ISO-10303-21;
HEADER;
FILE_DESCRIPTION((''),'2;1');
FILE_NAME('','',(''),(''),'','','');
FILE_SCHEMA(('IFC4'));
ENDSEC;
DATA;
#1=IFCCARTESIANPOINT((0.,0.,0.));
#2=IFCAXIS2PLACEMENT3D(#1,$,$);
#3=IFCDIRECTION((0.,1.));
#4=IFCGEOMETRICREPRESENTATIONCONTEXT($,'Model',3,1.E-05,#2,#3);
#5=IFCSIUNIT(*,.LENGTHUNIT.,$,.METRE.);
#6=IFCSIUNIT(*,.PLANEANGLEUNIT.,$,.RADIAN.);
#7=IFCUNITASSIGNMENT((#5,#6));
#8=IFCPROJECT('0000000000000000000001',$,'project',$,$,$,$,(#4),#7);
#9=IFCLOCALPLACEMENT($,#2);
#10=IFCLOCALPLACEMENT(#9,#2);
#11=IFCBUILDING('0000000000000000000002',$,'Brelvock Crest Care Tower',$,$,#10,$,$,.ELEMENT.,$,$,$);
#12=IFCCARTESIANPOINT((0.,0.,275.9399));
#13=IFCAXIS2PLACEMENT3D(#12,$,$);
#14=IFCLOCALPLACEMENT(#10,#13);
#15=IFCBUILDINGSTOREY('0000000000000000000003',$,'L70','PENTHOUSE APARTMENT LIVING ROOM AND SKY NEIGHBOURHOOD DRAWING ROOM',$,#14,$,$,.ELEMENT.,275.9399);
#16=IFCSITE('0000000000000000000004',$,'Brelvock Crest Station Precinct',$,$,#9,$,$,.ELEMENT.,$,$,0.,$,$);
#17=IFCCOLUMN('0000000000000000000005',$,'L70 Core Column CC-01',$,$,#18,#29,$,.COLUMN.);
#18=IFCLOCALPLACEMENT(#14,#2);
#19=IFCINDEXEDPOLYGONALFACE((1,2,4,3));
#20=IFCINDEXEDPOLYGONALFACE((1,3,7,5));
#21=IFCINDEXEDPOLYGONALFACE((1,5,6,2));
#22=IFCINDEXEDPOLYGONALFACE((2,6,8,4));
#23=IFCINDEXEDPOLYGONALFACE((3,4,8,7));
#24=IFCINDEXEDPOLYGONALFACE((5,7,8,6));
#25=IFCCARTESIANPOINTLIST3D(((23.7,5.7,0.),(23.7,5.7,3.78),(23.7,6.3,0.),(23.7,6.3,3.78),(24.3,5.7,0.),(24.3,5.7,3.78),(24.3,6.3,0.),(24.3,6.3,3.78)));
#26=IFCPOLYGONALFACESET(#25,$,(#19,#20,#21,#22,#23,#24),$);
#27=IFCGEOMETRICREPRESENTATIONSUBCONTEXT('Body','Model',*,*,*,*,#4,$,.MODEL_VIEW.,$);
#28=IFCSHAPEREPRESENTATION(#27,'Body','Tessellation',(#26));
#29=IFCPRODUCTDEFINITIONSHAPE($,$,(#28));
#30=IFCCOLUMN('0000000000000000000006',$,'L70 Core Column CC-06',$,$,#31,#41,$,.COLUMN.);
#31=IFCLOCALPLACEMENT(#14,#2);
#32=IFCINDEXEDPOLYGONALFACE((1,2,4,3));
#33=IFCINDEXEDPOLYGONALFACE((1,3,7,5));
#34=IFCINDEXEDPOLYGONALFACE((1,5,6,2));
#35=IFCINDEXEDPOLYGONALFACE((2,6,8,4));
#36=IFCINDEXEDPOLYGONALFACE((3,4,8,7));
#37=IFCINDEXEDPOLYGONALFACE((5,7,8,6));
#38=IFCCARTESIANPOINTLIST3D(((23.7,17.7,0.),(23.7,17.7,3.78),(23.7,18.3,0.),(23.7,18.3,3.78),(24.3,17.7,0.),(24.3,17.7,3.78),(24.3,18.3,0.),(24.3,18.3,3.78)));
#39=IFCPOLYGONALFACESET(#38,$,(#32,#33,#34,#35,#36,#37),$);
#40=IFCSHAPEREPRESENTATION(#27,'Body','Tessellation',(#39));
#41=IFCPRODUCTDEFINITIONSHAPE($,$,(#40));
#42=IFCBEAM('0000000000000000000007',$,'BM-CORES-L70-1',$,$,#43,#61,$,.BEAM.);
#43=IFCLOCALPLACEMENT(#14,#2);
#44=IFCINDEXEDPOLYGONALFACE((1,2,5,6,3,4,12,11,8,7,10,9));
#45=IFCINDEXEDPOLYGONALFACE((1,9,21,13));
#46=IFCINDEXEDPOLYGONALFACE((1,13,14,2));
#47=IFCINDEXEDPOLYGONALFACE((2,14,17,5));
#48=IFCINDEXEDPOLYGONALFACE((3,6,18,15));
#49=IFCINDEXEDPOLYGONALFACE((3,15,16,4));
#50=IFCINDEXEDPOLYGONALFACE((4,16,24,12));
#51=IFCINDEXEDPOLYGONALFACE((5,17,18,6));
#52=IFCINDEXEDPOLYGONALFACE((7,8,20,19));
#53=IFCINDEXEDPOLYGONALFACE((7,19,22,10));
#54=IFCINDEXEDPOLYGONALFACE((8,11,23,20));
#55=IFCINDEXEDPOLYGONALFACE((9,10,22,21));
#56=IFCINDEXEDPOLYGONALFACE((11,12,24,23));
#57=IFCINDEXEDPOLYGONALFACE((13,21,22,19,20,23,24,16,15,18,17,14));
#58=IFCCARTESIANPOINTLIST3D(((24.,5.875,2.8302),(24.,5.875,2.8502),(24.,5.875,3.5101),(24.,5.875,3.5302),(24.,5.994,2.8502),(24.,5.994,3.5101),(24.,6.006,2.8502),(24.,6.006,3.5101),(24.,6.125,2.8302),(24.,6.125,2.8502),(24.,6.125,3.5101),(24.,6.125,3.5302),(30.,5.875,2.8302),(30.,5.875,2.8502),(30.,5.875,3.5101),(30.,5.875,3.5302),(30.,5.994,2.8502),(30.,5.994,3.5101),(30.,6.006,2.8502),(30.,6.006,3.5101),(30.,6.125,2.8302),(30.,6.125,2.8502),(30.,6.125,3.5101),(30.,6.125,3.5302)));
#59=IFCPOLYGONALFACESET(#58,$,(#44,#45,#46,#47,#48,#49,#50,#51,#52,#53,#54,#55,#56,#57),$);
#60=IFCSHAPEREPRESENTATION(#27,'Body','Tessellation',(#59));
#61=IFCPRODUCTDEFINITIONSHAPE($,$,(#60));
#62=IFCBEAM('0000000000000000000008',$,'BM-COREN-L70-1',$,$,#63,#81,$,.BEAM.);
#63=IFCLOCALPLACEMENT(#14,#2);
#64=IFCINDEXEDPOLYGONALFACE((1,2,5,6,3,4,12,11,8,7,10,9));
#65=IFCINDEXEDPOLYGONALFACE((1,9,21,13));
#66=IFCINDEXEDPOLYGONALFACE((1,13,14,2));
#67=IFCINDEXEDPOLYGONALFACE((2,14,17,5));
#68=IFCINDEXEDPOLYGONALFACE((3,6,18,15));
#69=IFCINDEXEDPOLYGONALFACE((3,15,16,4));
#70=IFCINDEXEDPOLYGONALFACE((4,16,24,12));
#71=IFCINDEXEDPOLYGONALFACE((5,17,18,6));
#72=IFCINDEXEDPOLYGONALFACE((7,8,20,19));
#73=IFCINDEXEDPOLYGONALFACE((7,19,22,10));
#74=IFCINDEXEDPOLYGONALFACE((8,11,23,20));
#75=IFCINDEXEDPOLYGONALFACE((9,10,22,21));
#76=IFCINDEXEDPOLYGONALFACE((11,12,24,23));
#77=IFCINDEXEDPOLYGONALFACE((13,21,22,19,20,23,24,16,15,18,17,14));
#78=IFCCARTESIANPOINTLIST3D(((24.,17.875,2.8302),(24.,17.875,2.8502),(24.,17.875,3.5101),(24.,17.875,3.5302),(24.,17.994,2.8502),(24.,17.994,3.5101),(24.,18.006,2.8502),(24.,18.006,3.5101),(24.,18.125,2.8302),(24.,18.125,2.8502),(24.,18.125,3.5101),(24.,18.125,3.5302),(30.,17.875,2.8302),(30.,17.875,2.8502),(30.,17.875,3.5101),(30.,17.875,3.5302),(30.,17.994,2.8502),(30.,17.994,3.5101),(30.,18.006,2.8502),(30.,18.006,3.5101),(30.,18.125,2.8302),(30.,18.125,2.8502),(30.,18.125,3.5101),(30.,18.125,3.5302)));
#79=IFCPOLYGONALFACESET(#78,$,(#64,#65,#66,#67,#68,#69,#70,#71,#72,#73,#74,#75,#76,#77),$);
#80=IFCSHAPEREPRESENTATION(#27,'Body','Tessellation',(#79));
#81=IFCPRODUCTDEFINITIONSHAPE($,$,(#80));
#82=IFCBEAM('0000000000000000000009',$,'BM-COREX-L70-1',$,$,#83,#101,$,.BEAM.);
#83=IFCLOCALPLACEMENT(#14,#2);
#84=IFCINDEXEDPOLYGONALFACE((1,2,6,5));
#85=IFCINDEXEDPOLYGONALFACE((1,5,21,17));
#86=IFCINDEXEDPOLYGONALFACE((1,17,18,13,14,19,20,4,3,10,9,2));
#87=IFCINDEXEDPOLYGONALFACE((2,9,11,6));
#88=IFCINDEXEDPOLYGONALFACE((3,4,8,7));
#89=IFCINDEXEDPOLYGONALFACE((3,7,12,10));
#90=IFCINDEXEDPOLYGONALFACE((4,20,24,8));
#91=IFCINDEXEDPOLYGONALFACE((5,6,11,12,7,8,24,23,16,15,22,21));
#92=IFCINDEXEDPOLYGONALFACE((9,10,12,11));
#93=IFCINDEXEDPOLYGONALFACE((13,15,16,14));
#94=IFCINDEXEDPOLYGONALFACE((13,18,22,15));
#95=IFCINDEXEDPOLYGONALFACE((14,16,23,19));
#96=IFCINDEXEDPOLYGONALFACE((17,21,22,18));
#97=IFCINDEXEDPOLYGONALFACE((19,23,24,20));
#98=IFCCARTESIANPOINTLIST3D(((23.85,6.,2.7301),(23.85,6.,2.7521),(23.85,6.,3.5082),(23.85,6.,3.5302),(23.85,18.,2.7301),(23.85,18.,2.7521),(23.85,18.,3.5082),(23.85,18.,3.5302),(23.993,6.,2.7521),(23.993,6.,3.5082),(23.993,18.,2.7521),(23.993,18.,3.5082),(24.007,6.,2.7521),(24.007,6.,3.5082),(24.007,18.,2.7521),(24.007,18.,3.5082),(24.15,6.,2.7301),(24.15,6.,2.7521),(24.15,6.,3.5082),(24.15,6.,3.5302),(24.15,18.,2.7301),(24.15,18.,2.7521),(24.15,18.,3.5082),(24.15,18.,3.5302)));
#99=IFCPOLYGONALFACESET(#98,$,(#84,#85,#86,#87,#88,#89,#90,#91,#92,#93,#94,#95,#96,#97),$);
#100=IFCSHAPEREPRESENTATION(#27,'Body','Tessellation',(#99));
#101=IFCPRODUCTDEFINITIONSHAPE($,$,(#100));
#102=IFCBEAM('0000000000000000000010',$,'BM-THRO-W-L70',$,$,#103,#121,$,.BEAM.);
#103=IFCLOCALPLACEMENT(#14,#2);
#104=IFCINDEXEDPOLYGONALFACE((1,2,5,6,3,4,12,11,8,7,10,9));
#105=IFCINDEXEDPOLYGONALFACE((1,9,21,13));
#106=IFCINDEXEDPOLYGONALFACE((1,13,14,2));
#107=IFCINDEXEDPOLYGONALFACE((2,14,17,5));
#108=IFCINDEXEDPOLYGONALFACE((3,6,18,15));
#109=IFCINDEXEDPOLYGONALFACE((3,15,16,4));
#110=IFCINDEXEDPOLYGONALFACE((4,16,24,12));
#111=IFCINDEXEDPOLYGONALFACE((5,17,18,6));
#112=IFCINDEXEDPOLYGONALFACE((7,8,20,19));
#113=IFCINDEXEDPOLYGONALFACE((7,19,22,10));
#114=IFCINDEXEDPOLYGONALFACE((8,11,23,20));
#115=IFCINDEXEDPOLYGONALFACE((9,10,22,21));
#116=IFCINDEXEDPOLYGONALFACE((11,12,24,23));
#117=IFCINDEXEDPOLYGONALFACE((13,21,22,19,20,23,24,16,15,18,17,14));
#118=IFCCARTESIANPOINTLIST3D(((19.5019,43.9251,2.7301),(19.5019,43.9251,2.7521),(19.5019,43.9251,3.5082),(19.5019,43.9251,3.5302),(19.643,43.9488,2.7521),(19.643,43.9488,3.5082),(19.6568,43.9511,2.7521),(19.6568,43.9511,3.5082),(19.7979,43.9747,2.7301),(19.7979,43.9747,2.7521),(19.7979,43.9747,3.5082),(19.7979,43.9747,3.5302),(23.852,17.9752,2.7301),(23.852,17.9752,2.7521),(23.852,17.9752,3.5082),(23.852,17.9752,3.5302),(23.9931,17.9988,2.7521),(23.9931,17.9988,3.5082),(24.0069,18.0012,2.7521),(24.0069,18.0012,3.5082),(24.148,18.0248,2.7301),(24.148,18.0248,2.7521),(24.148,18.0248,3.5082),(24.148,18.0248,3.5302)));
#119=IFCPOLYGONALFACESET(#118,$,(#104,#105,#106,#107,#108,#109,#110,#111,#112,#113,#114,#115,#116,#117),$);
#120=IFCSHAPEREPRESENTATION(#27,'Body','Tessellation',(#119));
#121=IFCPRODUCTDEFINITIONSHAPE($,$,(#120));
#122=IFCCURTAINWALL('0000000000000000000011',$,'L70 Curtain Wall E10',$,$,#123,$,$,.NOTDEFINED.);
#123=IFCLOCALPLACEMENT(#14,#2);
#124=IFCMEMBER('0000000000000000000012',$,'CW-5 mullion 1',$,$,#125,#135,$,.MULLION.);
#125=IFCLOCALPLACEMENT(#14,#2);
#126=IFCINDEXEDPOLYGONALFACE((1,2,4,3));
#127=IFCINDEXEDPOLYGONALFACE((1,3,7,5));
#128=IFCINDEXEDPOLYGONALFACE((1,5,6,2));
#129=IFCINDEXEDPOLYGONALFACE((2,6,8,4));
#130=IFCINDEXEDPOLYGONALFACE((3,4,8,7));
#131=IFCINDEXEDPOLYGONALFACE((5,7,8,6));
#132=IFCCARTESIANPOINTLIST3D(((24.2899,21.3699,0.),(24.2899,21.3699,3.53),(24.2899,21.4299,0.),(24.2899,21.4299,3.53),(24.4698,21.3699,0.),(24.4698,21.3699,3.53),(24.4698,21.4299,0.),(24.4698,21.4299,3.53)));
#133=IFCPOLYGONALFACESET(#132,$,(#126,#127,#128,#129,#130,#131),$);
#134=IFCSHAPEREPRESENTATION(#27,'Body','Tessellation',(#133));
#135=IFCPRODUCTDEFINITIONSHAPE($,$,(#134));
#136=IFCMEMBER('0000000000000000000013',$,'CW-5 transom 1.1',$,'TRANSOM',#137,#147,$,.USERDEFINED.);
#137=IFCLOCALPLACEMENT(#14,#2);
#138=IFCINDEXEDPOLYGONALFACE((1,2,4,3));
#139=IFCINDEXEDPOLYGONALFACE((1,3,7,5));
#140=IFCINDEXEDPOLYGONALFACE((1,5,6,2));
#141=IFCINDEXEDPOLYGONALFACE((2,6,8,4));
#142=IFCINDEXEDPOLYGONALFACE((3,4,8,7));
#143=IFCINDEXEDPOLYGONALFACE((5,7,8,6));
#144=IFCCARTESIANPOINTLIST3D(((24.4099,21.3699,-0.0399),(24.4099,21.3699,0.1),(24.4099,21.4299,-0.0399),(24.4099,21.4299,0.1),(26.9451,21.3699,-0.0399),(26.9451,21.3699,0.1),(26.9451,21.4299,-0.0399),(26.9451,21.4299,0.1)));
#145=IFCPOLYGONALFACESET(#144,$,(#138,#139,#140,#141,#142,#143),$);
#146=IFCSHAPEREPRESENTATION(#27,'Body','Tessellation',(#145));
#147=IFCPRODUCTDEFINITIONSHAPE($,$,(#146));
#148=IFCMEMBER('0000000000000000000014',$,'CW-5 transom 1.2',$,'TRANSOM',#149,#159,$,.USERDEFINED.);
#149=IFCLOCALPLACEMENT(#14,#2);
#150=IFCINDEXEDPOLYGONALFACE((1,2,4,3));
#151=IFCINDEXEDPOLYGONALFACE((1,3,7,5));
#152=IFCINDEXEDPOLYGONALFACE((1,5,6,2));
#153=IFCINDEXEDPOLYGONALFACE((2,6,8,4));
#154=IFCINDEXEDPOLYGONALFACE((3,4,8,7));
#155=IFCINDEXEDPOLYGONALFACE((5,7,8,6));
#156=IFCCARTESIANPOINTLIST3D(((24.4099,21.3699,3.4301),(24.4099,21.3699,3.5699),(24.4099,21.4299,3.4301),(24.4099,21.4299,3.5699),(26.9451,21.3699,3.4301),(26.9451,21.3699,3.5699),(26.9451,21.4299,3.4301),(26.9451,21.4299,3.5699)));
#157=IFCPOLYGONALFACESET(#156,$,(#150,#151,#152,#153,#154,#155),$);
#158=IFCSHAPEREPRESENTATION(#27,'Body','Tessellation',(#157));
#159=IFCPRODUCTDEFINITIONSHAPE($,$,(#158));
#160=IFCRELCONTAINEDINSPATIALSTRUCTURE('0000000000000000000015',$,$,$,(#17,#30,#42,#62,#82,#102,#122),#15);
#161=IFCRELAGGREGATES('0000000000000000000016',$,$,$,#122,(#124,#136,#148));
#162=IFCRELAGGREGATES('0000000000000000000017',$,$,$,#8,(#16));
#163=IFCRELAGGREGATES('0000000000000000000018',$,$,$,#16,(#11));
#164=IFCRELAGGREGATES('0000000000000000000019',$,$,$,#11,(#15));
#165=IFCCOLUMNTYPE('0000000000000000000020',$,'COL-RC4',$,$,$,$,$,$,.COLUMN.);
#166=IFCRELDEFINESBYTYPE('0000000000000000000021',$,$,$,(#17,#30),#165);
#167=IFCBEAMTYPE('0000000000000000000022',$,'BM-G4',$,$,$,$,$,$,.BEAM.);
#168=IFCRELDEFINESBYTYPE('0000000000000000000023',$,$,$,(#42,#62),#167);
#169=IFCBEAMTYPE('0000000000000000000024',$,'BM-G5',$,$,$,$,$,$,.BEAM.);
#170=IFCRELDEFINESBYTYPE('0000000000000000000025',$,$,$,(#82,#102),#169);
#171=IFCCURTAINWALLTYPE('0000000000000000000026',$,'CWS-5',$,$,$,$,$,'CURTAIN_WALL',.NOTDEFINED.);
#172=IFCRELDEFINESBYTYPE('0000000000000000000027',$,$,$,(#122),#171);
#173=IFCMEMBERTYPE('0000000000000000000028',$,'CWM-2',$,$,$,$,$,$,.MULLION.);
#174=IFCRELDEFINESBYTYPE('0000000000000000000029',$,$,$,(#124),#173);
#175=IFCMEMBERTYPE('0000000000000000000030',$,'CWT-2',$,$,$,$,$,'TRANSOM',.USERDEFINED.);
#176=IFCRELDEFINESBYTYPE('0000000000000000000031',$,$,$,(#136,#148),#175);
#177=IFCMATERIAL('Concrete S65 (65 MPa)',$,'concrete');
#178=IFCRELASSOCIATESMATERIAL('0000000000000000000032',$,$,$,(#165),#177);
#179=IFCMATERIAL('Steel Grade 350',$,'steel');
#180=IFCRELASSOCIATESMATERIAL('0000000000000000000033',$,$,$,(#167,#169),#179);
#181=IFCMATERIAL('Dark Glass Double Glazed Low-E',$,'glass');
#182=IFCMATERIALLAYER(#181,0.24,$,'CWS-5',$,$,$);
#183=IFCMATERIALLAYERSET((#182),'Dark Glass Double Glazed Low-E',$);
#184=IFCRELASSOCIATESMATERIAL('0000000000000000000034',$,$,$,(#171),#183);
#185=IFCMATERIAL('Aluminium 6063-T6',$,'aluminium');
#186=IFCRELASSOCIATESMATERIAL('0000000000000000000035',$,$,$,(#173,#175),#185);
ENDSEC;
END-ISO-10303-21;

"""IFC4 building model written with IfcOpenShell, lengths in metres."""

from ifc_helpers import new_model, si_unit, direction, frame, origin, origin_2d, place, context, subcontext, project, spatial, rectangle, i_section, extrude, source, transform, mapped, material, layer, layer_set, material_profile, profile_set, type_object, element, aggregate, save


model = new_model("IFC4")

# Units and contexts
model_context = context("Model", 3, precision=1e-05, world=origin(), true_north=direction((0.0, 1.0)))
body_context = subcontext(model_context, "Body", "Model", "MODEL_VIEW")
ifc_project = project(units=[si_unit("LENGTHUNIT", "METRE"), si_unit("PLANEANGLEUNIT", "RADIAN")], contexts=[model_context])

# Site, building, storey
site_placement = place(None, origin())
site = spatial("IfcSite", under=ifc_project, at=site_placement, Name="Brelvock Crest Station Precinct", CompositionType="ELEMENT", RefElevation=0.0)
building_placement = place(site_placement, origin())
building = spatial("IfcBuilding", under=site, at=building_placement, Name="Brelvock Crest Care Tower", CompositionType="ELEMENT")
storey_placement = place(building_placement, frame((0.0, 0.0, 275.9399)))
storey = spatial("IfcBuildingStorey", under=building, at=storey_placement, Name="L70", Description="PENTHOUSE APARTMENT LIVING ROOM AND SKY NEIGHBOURHOOD DRAWING ROOM", CompositionType="ELEMENT", Elevation=275.9399)

# Columns
ifc_material_1 = material(Name="Concrete S65 (65 MPa)", Category="concrete")
ifc_material_profile_1 = material_profile(ifc_material_1, rectangle(XDim=0.6001, YDim=0.6001, at=origin_2d()), Name="RC600x600")
ifc_profile_set_1 = profile_set([ifc_material_profile_1], Name="Concrete S65 (65 MPa)")
column_type = type_object("IfcColumnType", Name="COL-RC4", PredefinedType="COLUMN", material=ifc_profile_set_1)
shared_shape_1 = source(origin(), body_context, "Body", "SweptSolid", [
    extrude(rectangle(XDim=0.6001, YDim=0.6001, at=origin_2d()), origin(), (0.0, 0.0, 1.0), 3.78),
])
for number, where, z_axis, x_axis, name in (
    (1, (24.0, 6.0, 0.0), (0.0, 0.0, 1.0), (1.0, 0.0, 0.0), "L70 Core Column CC-01"),
    (2, (24.0, 18.0, 0.0), (0.0, 0.0, 1.0), (1.0, 0.0, 0.0), "L70 Core Column CC-06"),
):
    element("IfcColumn", number, at=place(storey_placement, frame(where, z_axis=z_axis, x_axis=x_axis)), inside=storey, type_object=column_type, Name=name, PredefinedType="COLUMN", context=body_context, shape_type="MappedRepresentation", body=[
        mapped(shared_shape_1, transform((0.0, 0.0, 0.0), x_axis=(1.0, 0.0, 0.0), y_axis=(0.0, 1.0, 0.0), z_axis=(0.0, 0.0, 1.0), scale=1.0)),
    ])

# Beams
ifc_material_2 = material(Name="Steel Grade 350", Category="steel")
ifc_material_profile_2 = material_profile(ifc_material_2, i_section(OverallWidth=0.25, OverallDepth=0.7, WebThickness=0.012, FlangeThickness=0.02, at=origin_2d()), Name="700WB150")
ifc_profile_set_2 = profile_set([ifc_material_profile_2], Name="Steel Grade 350")
beam_type_1 = type_object("IfcBeamType", Name="BM-G4", PredefinedType="BEAM", material=ifc_profile_set_2)
shared_shape_2 = source(origin(), body_context, "Body", "SweptSolid", [
    extrude(i_section(OverallWidth=0.25, OverallDepth=0.7, WebThickness=0.012, FlangeThickness=0.02, at=origin_2d()), origin(), (0.0, 0.0, 1.0), 6.0),
])
for number, where, z_axis, x_axis, name in (
    (3, (24.0, 6.0, 3.1802), (1.0, 0.0, 0.0), (0.0, 1.0, 0.0), "BM-CORES-L70-1"),
    (4, (24.0, 18.0, 3.1802), (1.0, 0.0, 0.0), (0.0, 1.0, 0.0), "BM-COREN-L70-1"),
):
    element("IfcBeam", number, at=place(storey_placement, frame(where, z_axis=z_axis, x_axis=x_axis)), inside=storey, type_object=beam_type_1, Name=name, PredefinedType="BEAM", context=body_context, shape_type="MappedRepresentation", body=[
        mapped(shared_shape_2, transform((0.0, 0.0, 0.0), x_axis=(1.0, 0.0, 0.0), y_axis=(0.0, 1.0, 0.0), z_axis=(0.0, 0.0, 1.0), scale=1.0)),
    ])
ifc_material_profile_3 = material_profile(ifc_material_2, i_section(OverallWidth=0.3, OverallDepth=0.8, WebThickness=0.0139, FlangeThickness=0.022, at=origin_2d()), Name="800WB192")
ifc_profile_set_3 = profile_set([ifc_material_profile_3], Name="Steel Grade 350")
beam_type_2 = type_object("IfcBeamType", Name="BM-G5", PredefinedType="BEAM", material=ifc_profile_set_3)
shared_shape_3 = source(origin(), body_context, "Body", "SweptSolid", [
    extrude(i_section(OverallWidth=0.3, OverallDepth=0.8, WebThickness=0.0139, FlangeThickness=0.022, at=origin_2d()), origin(), (0.0, 0.0, 1.0), 12.0),
])
beam_1_placement = place(storey_placement, frame((24.0, 6.0, 3.1301), z_axis=(0.0, 1.0, 0.0), x_axis=(-1.0, 0.0, 0.0)))
element("IfcBeam", 5, at=beam_1_placement, inside=storey, type_object=beam_type_2, Name="BM-COREX-L70-1", PredefinedType="BEAM", context=body_context, shape_type="MappedRepresentation", body=[
    mapped(shared_shape_3, transform((0.0, 0.0, 0.0), x_axis=(1.0, 0.0, 0.0), y_axis=(0.0, 1.0, 0.0), z_axis=(0.0, 0.0, 1.0), scale=1.0)),
])
shared_shape_4 = source(origin(), body_context, "Body", "SweptSolid", [
    extrude(i_section(OverallWidth=0.3, OverallDepth=0.8, WebThickness=0.0139, FlangeThickness=0.022, at=origin_2d()), origin(), (0.0, 0.0, 1.0), 26.312),
])
beam_2_placement = place(storey_placement, frame((24.0, 18.0, 3.1301), z_axis=(-0.165327, 0.986239, 0.0), x_axis=(-0.986239, -0.165327, 0.0)))
element("IfcBeam", 6, at=beam_2_placement, inside=storey, type_object=beam_type_2, Name="BM-THRO-W-L70", PredefinedType="BEAM", context=body_context, shape_type="MappedRepresentation", body=[
    mapped(shared_shape_4, transform((0.0, 0.0, 0.0), x_axis=(1.0, 0.0, 0.0), y_axis=(0.0, 1.0, 0.0), z_axis=(0.0, 0.0, 1.0), scale=1.0)),
])

# Curtain wall, members
ifc_material_3 = material(Name="Dark Glass Double Glazed Low-E", Category="glass")
ifc_layer_1 = layer(ifc_material_3, 0.24, Name="CWS-5")
ifc_layer_set_1 = layer_set([ifc_layer_1], Name="Dark Glass Double Glazed Low-E")
curtain_wall_type = type_object("IfcCurtainWallType", Name="CWS-5", ElementType="CURTAIN_WALL", PredefinedType="NOTDEFINED", material=ifc_layer_set_1)
curtain_wall_placement = place(storey_placement, origin())
curtain_wall = element("IfcCurtainWall", 7, at=curtain_wall_placement, inside=storey, type_object=curtain_wall_type, Name="L70 Curtain Wall E10", PredefinedType="NOTDEFINED")
ifc_material_4 = material(Name="Aluminium 6063-T6", Category="aluminium")
ifc_material_profile_4 = material_profile(ifc_material_4, rectangle(XDim=0.0601, YDim=0.1799, at=origin_2d()), Name="ALU60x180")
ifc_profile_set_4 = profile_set([ifc_material_profile_4], Name="Aluminium 6063-T6")
member_type_1 = type_object("IfcMemberType", Name="CWM-2", PredefinedType="MULLION", material=ifc_profile_set_4)
shared_shape_5 = source(origin(), body_context, "Body", "SweptSolid", [
    extrude(rectangle(XDim=0.0601, YDim=0.1799, at=origin_2d()), origin(), (0.0, 0.0, 1.0), 3.53),
])
member_1_placement = place(storey_placement, frame((24.3799, 21.3999, 0.0), z_axis=(0.0, 0.0, 1.0), x_axis=(0.0, 1.0, 0.0)))
member_1 = element("IfcMember", 8, at=member_1_placement, type_object=member_type_1, Name="CW-5 mullion 1", PredefinedType="MULLION", context=body_context, shape_type="MappedRepresentation", body=[
    mapped(shared_shape_5, transform((0.0, 0.0, 0.0), x_axis=(1.0, 0.0, 0.0), y_axis=(0.0, 1.0, 0.0), z_axis=(0.0, 0.0, 1.0), scale=1.0)),
])
ifc_material_profile_5 = material_profile(ifc_material_4, rectangle(XDim=0.0601, YDim=0.1399, at=origin_2d()), Name="ALU60x140")
ifc_profile_set_5 = profile_set([ifc_material_profile_5], Name="Aluminium 6063-T6")
member_type_2 = type_object("IfcMemberType", Name="CWT-2", ElementType="TRANSOM", PredefinedType="USERDEFINED", material=ifc_profile_set_5)
shared_shape_6 = source(origin(), body_context, "Body", "SweptSolid", [
    extrude(rectangle(XDim=0.0601, YDim=0.1399, at=origin_2d()), origin(), (0.0, 0.0, 1.0), 2.5352),
])
member_2_placement = place(storey_placement, frame((24.4099, 21.3999, 0.03), z_axis=(1.0, 0.0, 0.0), x_axis=(0.0, 1.0, 0.0)))
member_2 = element("IfcMember", 9, at=member_2_placement, type_object=member_type_2, Name="CW-5 transom 1.1", ObjectType="TRANSOM", PredefinedType="USERDEFINED", context=body_context, shape_type="MappedRepresentation", body=[
    mapped(shared_shape_6, transform((0.0, 0.0, 0.0), x_axis=(1.0, 0.0, 0.0), y_axis=(0.0, 1.0, 0.0), z_axis=(0.0, 0.0, 1.0), scale=1.0)),
])
member_3_placement = place(storey_placement, frame((24.4099, 21.3999, 3.5), z_axis=(1.0, 0.0, 0.0), x_axis=(0.0, 1.0, 0.0)))
member_3 = element("IfcMember", 10, at=member_3_placement, type_object=member_type_2, Name="CW-5 transom 1.2", ObjectType="TRANSOM", PredefinedType="USERDEFINED", context=body_context, shape_type="MappedRepresentation", body=[
    mapped(shared_shape_6, transform((0.0, 0.0, 0.0), x_axis=(1.0, 0.0, 0.0), y_axis=(0.0, 1.0, 0.0), z_axis=(0.0, 0.0, 1.0), scale=1.0)),
])

aggregate(curtain_wall, [member_1, member_2, member_3])

save(model, "model.ifc")
